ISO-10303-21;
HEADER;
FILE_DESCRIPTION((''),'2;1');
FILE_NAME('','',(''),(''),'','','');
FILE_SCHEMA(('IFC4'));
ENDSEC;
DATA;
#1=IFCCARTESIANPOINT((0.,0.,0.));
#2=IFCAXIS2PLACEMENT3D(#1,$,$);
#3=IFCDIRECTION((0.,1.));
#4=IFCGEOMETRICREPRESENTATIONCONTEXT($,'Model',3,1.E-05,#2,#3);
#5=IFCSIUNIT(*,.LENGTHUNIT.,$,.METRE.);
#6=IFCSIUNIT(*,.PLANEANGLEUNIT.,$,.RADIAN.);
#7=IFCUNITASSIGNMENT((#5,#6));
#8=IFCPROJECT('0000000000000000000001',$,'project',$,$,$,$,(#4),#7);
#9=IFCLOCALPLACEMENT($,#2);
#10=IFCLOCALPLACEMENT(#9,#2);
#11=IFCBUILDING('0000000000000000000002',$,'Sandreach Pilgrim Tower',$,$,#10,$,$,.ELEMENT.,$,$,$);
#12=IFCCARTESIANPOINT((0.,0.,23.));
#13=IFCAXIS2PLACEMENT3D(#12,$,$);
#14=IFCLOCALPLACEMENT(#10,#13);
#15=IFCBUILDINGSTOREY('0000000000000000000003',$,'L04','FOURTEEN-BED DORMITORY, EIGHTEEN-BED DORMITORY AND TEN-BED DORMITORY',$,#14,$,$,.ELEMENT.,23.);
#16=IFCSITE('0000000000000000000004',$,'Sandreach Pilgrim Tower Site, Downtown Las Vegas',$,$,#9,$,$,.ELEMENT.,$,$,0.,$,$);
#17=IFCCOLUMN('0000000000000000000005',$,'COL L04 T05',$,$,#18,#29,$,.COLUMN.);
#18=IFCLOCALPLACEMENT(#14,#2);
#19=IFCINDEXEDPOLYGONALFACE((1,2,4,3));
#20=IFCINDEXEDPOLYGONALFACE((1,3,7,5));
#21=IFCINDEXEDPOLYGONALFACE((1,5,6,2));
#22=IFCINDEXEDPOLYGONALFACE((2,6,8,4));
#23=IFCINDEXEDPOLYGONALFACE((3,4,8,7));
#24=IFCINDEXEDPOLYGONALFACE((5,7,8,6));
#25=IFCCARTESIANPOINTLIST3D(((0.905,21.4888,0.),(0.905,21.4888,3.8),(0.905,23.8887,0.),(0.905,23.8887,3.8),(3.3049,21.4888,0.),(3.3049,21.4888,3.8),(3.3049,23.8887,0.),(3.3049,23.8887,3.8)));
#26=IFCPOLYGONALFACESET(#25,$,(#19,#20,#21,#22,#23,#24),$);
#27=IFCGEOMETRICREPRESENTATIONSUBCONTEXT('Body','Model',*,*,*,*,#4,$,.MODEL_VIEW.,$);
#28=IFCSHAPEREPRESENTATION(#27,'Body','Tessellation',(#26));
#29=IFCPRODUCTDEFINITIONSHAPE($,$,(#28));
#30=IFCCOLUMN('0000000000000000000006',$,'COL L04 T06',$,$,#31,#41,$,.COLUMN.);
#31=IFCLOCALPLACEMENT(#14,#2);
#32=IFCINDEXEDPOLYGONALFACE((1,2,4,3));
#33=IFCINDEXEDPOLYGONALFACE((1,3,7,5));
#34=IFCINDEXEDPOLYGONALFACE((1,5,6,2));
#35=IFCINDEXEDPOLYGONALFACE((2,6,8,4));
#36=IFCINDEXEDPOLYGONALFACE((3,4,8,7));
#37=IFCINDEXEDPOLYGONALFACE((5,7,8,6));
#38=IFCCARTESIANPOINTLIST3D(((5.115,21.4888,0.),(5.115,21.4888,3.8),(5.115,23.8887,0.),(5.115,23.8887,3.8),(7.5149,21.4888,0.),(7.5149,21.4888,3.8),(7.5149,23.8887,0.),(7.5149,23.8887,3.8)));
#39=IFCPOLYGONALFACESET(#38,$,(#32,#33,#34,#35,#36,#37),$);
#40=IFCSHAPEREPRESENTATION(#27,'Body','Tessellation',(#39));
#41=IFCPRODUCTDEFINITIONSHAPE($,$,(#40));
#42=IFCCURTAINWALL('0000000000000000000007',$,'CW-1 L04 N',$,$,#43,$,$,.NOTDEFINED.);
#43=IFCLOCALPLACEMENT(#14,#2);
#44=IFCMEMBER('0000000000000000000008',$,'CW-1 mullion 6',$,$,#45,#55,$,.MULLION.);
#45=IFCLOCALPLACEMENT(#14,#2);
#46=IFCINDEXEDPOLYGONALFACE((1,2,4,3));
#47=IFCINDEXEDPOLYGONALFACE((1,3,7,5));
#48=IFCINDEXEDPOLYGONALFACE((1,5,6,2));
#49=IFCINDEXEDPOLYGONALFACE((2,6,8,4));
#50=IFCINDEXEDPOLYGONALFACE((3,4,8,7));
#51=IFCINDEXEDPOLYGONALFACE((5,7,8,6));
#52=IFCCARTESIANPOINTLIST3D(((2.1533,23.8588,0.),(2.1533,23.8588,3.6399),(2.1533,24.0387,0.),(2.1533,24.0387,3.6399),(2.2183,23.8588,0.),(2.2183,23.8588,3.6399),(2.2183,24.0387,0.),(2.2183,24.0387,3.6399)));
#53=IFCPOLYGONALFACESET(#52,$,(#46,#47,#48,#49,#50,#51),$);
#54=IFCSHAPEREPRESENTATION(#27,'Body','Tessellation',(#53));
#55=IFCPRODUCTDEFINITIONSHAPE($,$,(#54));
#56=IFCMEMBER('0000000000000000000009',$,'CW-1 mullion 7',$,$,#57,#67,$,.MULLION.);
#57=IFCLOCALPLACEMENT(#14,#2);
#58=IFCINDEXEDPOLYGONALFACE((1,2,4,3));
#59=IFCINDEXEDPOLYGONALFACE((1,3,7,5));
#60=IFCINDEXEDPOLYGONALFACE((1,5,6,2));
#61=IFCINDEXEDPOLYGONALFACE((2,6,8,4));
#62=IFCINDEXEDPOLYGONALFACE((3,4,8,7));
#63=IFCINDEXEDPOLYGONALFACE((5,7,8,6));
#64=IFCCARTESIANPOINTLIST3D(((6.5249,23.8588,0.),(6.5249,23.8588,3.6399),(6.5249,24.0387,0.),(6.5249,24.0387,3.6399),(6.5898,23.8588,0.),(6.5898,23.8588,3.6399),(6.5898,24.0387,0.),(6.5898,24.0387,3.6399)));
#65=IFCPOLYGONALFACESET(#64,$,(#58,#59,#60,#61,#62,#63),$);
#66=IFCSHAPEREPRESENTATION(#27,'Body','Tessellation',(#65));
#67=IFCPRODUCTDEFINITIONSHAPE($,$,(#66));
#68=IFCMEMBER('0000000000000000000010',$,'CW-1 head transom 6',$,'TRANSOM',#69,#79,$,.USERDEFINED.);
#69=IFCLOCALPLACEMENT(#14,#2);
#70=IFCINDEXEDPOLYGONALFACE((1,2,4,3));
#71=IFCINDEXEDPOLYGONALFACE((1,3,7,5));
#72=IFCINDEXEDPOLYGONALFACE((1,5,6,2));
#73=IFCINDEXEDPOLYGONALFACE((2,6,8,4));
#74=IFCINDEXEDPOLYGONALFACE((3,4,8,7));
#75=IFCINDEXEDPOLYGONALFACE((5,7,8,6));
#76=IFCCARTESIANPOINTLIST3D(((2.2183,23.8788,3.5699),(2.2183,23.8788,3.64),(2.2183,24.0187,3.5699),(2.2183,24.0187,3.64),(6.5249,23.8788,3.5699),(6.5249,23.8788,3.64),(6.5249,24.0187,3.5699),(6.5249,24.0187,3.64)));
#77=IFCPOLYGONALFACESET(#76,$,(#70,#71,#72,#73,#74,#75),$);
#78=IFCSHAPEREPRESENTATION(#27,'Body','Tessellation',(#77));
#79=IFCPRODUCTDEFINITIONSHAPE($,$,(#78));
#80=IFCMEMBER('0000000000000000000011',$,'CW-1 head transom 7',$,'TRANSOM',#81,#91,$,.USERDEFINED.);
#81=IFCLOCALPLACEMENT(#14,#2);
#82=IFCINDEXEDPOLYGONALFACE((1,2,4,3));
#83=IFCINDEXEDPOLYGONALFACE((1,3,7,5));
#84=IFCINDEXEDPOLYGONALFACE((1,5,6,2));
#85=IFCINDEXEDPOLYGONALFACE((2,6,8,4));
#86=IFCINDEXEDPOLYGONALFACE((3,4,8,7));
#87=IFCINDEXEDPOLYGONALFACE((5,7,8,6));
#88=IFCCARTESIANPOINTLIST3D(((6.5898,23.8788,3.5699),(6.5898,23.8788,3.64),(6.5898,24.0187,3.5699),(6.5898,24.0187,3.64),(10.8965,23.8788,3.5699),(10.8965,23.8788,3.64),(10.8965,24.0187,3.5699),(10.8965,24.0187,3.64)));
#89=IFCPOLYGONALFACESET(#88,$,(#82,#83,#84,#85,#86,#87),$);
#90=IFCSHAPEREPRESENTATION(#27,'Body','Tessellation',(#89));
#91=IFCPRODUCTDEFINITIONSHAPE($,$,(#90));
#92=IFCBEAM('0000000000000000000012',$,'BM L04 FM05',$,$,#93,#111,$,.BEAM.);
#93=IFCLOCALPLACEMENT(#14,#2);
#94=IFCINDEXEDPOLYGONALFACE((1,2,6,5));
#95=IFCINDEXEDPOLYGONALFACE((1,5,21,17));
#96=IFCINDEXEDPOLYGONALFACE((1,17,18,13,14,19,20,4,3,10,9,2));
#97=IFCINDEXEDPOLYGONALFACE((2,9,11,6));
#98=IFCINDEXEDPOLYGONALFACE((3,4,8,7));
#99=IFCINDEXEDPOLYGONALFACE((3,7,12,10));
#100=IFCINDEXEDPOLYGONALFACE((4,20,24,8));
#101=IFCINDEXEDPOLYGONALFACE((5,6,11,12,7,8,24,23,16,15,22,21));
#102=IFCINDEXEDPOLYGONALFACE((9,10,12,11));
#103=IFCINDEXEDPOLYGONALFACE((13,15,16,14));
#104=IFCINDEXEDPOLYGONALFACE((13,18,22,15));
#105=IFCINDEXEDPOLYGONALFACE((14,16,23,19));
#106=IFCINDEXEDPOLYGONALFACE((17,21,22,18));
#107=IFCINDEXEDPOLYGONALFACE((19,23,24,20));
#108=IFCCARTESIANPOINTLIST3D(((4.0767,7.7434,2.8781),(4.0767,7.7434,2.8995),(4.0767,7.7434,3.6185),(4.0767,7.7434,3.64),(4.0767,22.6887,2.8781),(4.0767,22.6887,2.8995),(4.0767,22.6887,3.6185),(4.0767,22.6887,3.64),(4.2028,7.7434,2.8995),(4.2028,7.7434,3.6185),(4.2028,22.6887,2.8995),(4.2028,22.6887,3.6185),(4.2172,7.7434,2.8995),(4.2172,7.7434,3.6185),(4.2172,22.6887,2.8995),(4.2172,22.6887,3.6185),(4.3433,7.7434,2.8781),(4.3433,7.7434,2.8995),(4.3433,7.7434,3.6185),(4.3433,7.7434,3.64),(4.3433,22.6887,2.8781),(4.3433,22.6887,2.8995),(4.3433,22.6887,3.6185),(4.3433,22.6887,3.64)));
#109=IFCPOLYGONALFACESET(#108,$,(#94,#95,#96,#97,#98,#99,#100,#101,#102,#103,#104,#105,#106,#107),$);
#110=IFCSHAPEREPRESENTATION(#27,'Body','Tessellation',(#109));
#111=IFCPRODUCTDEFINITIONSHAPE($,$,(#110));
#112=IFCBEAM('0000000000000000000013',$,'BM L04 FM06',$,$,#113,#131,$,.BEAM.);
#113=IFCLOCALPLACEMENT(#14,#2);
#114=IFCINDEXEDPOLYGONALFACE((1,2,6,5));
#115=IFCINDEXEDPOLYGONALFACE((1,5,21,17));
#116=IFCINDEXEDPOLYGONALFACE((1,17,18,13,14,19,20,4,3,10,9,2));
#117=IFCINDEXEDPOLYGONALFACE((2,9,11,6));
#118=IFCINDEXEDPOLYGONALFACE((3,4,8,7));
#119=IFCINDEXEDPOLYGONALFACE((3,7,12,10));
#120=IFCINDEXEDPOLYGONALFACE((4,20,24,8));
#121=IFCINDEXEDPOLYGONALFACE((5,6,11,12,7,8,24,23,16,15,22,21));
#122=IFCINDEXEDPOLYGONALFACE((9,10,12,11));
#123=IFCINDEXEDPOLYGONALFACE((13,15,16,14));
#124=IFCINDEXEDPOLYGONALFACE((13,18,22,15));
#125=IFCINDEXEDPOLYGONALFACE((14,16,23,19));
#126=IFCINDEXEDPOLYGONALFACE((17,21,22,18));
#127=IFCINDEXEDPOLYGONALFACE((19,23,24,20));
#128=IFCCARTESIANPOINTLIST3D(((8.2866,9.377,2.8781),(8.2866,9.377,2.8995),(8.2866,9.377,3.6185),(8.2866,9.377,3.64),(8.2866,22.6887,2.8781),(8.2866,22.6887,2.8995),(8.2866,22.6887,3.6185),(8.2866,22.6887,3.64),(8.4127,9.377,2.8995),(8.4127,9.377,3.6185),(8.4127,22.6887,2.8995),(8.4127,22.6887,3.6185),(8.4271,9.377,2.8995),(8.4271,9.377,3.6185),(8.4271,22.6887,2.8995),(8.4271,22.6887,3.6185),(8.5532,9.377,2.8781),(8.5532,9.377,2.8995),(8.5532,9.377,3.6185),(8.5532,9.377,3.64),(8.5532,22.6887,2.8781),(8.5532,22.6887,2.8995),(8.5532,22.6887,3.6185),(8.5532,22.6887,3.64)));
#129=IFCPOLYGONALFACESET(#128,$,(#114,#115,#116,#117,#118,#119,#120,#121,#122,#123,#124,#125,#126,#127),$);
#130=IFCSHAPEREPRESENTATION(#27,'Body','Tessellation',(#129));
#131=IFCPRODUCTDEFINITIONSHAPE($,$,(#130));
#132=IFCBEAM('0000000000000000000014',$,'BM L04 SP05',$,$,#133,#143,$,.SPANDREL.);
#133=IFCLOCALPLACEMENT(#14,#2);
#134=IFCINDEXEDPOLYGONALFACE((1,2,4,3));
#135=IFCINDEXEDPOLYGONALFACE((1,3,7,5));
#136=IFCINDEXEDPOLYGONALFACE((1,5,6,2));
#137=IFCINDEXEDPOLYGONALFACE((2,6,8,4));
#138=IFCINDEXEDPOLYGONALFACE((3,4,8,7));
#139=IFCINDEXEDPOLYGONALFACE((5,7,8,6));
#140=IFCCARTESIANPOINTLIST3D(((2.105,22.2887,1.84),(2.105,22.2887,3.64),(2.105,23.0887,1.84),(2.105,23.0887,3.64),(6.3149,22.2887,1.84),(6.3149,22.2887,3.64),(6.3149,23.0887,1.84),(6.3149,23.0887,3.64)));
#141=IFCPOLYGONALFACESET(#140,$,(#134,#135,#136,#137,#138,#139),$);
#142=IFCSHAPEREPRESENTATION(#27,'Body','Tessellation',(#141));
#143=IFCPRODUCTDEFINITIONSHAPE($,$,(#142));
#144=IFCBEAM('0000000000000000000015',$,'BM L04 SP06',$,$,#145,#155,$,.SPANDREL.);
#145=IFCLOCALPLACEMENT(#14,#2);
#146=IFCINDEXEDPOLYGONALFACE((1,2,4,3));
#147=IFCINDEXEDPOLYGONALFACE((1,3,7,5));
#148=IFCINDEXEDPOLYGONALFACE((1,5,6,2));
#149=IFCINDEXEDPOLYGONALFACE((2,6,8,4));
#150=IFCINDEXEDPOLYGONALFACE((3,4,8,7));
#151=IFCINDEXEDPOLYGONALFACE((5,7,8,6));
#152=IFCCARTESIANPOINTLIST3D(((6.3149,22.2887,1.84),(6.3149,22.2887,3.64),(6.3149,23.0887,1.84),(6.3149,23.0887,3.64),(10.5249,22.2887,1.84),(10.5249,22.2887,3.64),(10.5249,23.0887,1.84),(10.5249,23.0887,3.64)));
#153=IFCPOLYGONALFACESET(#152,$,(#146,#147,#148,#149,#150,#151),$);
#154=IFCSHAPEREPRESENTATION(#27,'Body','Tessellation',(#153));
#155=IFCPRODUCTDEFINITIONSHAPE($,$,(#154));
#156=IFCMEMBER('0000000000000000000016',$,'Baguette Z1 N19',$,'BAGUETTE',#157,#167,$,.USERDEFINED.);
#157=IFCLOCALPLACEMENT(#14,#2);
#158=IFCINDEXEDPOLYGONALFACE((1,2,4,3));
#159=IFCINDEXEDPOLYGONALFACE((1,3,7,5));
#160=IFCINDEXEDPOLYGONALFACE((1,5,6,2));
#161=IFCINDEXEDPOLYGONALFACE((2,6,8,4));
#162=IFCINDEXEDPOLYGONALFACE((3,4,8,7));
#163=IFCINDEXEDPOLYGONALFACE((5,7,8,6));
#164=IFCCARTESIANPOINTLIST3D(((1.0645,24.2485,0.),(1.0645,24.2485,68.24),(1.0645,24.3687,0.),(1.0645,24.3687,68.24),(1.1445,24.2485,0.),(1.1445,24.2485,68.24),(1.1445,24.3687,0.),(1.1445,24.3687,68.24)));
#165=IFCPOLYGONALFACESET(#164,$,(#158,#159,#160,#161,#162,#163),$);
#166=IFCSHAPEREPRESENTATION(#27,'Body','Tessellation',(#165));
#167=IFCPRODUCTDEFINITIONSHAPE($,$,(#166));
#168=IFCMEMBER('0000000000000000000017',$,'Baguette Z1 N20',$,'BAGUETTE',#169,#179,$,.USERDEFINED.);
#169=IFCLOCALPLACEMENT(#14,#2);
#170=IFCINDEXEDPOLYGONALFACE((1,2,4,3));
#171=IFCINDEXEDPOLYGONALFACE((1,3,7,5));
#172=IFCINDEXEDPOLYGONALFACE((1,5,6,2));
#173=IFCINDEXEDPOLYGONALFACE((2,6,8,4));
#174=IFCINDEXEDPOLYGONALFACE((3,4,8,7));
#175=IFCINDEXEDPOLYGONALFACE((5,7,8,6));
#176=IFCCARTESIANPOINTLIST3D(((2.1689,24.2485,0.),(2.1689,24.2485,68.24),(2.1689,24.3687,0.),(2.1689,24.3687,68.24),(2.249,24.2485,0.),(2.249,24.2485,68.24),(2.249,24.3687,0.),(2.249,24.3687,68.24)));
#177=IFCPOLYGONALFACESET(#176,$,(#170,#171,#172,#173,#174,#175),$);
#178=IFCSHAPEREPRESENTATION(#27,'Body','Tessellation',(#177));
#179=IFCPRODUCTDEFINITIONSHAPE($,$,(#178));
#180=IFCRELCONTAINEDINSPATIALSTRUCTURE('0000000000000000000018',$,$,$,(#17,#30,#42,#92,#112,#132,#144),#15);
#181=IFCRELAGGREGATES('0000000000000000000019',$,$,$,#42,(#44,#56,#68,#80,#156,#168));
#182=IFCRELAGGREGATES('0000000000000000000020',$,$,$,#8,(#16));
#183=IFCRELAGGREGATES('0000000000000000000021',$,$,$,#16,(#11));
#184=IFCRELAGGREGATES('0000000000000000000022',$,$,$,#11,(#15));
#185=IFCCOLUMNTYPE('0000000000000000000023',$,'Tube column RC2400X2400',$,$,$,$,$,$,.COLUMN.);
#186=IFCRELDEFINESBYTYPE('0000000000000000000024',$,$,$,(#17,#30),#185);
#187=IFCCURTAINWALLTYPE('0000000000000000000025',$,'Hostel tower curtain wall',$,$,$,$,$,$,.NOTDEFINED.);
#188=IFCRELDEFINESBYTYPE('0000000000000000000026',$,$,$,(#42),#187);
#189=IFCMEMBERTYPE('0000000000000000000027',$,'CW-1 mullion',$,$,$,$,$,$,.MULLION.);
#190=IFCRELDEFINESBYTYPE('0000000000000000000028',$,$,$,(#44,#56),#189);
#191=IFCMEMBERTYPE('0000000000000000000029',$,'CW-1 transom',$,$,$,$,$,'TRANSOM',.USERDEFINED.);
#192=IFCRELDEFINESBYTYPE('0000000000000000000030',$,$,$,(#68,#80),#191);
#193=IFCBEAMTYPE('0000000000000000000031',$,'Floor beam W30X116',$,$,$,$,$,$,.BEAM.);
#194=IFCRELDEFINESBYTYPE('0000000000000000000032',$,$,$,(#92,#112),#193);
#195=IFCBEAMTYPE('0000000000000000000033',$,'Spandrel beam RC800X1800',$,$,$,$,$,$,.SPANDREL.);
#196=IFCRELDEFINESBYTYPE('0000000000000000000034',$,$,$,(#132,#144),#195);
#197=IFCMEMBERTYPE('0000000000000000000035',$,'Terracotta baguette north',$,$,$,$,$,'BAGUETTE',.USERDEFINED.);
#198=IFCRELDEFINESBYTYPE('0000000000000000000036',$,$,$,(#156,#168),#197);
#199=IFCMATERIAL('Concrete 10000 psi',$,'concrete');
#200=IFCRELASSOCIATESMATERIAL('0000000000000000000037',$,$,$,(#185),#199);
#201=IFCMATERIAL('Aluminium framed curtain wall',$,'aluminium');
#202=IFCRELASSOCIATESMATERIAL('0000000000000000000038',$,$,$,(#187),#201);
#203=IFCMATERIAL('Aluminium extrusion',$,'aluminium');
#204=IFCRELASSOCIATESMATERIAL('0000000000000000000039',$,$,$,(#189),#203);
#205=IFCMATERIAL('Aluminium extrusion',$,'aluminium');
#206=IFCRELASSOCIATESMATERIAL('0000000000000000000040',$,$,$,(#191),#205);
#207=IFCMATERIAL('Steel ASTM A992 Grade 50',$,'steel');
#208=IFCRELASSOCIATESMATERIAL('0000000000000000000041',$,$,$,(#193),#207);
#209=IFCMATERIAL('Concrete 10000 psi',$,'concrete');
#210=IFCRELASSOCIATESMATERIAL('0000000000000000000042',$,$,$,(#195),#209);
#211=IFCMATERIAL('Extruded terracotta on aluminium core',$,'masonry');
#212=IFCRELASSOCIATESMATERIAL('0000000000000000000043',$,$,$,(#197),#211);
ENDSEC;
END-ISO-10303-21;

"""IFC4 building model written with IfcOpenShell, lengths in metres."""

from ifc_helpers import new_model, si_unit, direction, frame, origin, origin_2d, place, context, subcontext, project, spatial, rectangle, i_section, extrude, material, material_profile, profile_set, type_object, element, aggregate, save


model = new_model("IFC4")

# Units and contexts
model_context = context("Model", 3, precision=1e-05, world=origin(), true_north=direction((0.0, 1.0)))
body_context = subcontext(model_context, "Body", "Model", "MODEL_VIEW")
ifc_project = project(units=[si_unit("LENGTHUNIT", "METRE"), si_unit("PLANEANGLEUNIT", "RADIAN")], contexts=[model_context])

# Site, building, storey
site_placement = place(None, origin())
site = spatial("IfcSite", under=ifc_project, at=site_placement, Name="Sandreach Pilgrim Tower Site, Downtown Las Vegas", CompositionType="ELEMENT", RefElevation=0.0)
building_placement = place(site_placement, origin())
building = spatial("IfcBuilding", under=site, at=building_placement, Name="Sandreach Pilgrim Tower", CompositionType="ELEMENT")
storey_placement = place(building_placement, frame((0.0, 0.0, 23.0)))
storey = spatial("IfcBuildingStorey", under=building, at=storey_placement, Name="L04", Description="FOURTEEN-BED DORMITORY, EIGHTEEN-BED DORMITORY AND TEN-BED DORMITORY", CompositionType="ELEMENT", Elevation=23.0)

# Columns
ifc_material_1 = material(Name="Concrete 10000 psi", Category="concrete")
ifc_material_profile_1 = material_profile(ifc_material_1, rectangle(XDim=2.3999, YDim=2.3999, at=origin_2d()), Name="RC2400X2400")
ifc_profile_set_1 = profile_set([ifc_material_profile_1], Name="Concrete 10000 psi")
column_type = type_object("IfcColumnType", Name="Tube column RC2400X2400", PredefinedType="COLUMN", material=ifc_profile_set_1)
for number, where, z_axis, x_axis, name in (
    (1, (2.105, 22.6887, 0.0), (0.0, 0.0, 1.0), (0.0, 1.0, 0.0), "COL L04 T05"),
    (2, (6.3149, 22.6887, 0.0), (0.0, 0.0, 1.0), (0.0, 1.0, 0.0), "COL L04 T06"),
):
    element("IfcColumn", number, at=place(storey_placement, frame(where, z_axis=z_axis, x_axis=x_axis)), inside=storey, type_object=column_type, Name=name, PredefinedType="COLUMN", context=body_context, shape_type="SweptSolid", body=[
        extrude(rectangle(XDim=2.3999, YDim=2.3999, at=origin_2d()), origin(), (0.0, 0.0, 1.0), 3.8),
    ])

# Curtain wall, members
ifc_material_2 = material(Name="Aluminium framed curtain wall", Category="aluminium")
curtain_wall_type = type_object("IfcCurtainWallType", Name="Hostel tower curtain wall", PredefinedType="NOTDEFINED", material=ifc_material_2)
curtain_wall_placement = place(storey_placement, origin())
curtain_wall = element("IfcCurtainWall", 3, at=curtain_wall_placement, inside=storey, type_object=curtain_wall_type, Name="CW-1 L04 N", PredefinedType="NOTDEFINED")
ifc_material_3 = material(Name="Aluminium extrusion", Category="aluminium")
ifc_material_profile_2 = material_profile(ifc_material_3, rectangle(XDim=0.0649, YDim=0.1799, at=origin_2d()), Name="CW-1M 65X180")
ifc_profile_set_2 = profile_set([ifc_material_profile_2], Name="Aluminium extrusion")
member_type_1 = type_object("IfcMemberType", Name="CW-1 mullion", PredefinedType="MULLION", material=ifc_profile_set_2)
member_1_placement = place(storey_placement, frame((2.1858, 23.9487, 0.0), z_axis=(0.0, 0.0, 1.0), x_axis=(1.0, 0.0, 0.0)))
member_1 = element("IfcMember", 4, at=member_1_placement, type_object=member_type_1, Name="CW-1 mullion 6", PredefinedType="MULLION", context=body_context, shape_type="SweptSolid", body=[
    extrude(rectangle(XDim=0.0649, YDim=0.1799, at=origin_2d()), origin(), (0.0, 0.0, 1.0), 3.6399),
])
member_2_placement = place(storey_placement, frame((6.5574, 23.9487, 0.0), z_axis=(0.0, 0.0, 1.0), x_axis=(1.0, 0.0, 0.0)))
member_2 = element("IfcMember", 5, at=member_2_placement, type_object=member_type_1, Name="CW-1 mullion 7", PredefinedType="MULLION", context=body_context, shape_type="SweptSolid", body=[
    extrude(rectangle(XDim=0.0649, YDim=0.1799, at=origin_2d()), origin(), (0.0, 0.0, 1.0), 3.6399),
])
ifc_material_4 = material(Name="Aluminium extrusion", Category="aluminium")
ifc_material_profile_3 = material_profile(ifc_material_4, rectangle(XDim=0.1399, YDim=0.0701, at=origin_2d()), Name="CW-1T 140X70")
ifc_profile_set_3 = profile_set([ifc_material_profile_3], Name="Aluminium extrusion")
member_type_2 = type_object("IfcMemberType", Name="CW-1 transom", ElementType="TRANSOM", PredefinedType="USERDEFINED", material=ifc_profile_set_3)
member_3_placement = place(storey_placement, frame((2.2183, 23.9487, 3.605), z_axis=(1.0, 0.0, 0.0), x_axis=(0.0, 1.0, 0.0)))
member_3 = element("IfcMember", 6, at=member_3_placement, type_object=member_type_2, Name="CW-1 head transom 6", ObjectType="TRANSOM", PredefinedType="USERDEFINED", context=body_context, shape_type="SweptSolid", body=[
    extrude(rectangle(XDim=0.1399, YDim=0.0701, at=origin_2d()), origin(), (0.0, 0.0, 1.0), 4.3066),
])
member_4_placement = place(storey_placement, frame((6.5898, 23.9487, 3.605), z_axis=(1.0, 0.0, 0.0), x_axis=(0.0, 1.0, 0.0)))
member_4 = element("IfcMember", 7, at=member_4_placement, type_object=member_type_2, Name="CW-1 head transom 7", ObjectType="TRANSOM", PredefinedType="USERDEFINED", context=body_context, shape_type="SweptSolid", body=[
    extrude(rectangle(XDim=0.1399, YDim=0.0701, at=origin_2d()), origin(), (0.0, 0.0, 1.0), 4.3066),
])

# Beams
ifc_material_5 = material(Name="Steel ASTM A992 Grade 50", Category="steel")
ifc_material_profile_4 = material_profile(ifc_material_5, i_section(OverallWidth=0.2666, OverallDepth=0.762, WebThickness=0.0144, FlangeThickness=0.0215, at=origin_2d()), Name="W30X116")
ifc_profile_set_4 = profile_set([ifc_material_profile_4], Name="Steel ASTM A992 Grade 50")
beam_type_1 = type_object("IfcBeamType", Name="Floor beam W30X116", PredefinedType="BEAM", material=ifc_profile_set_4)
beam_1_placement = place(storey_placement, frame((4.21, 22.6887, 3.259), z_axis=(0.0, -1.0, 0.0), x_axis=(1.0, 0.0, 0.0)))
element("IfcBeam", 8, at=beam_1_placement, inside=storey, type_object=beam_type_1, Name="BM L04 FM05", PredefinedType="BEAM", context=body_context, shape_type="SweptSolid", body=[
    extrude(i_section(OverallWidth=0.2666, OverallDepth=0.762, WebThickness=0.0144, FlangeThickness=0.0215, at=origin_2d()), origin(), (0.0, 0.0, 1.0), 14.9453),
])
beam_2_placement = place(storey_placement, frame((8.4199, 22.6887, 3.259), z_axis=(0.0, -1.0, 0.0), x_axis=(1.0, 0.0, 0.0)))
element("IfcBeam", 9, at=beam_2_placement, inside=storey, type_object=beam_type_1, Name="BM L04 FM06", PredefinedType="BEAM", context=body_context, shape_type="SweptSolid", body=[
    extrude(i_section(OverallWidth=0.2666, OverallDepth=0.762, WebThickness=0.0144, FlangeThickness=0.0215, at=origin_2d()), origin(), (0.0, 0.0, 1.0), 13.3118),
])
ifc_material_6 = material(Name="Concrete 10000 psi", Category="concrete")
ifc_material_profile_5 = material_profile(ifc_material_6, rectangle(XDim=0.8, YDim=1.8, at=origin_2d()), Name="RC800X1800")
ifc_profile_set_5 = profile_set([ifc_material_profile_5], Name="Concrete 10000 psi")
beam_type_2 = type_object("IfcBeamType", Name="Spandrel beam RC800X1800", PredefinedType="SPANDREL", material=ifc_profile_set_5)
for number, where, z_axis, x_axis, name in (
    (10, (2.105, 22.6887, 2.74), (1.0, 0.0, 0.0), (0.0, 1.0, 0.0), "BM L04 SP05"),
    (11, (6.3149, 22.6887, 2.74), (1.0, 0.0, 0.0), (0.0, 1.0, 0.0), "BM L04 SP06"),
):
    element("IfcBeam", number, at=place(storey_placement, frame(where, z_axis=z_axis, x_axis=x_axis)), inside=storey, type_object=beam_type_2, Name=name, PredefinedType="SPANDREL", context=body_context, shape_type="SweptSolid", body=[
        extrude(rectangle(XDim=0.8, YDim=1.8, at=origin_2d()), origin(), (0.0, 0.0, 1.0), 4.21),
    ])

# Members
ifc_material_7 = material(Name="Extruded terracotta on aluminium core", Category="masonry")
ifc_material_profile_6 = material_profile(ifc_material_7, rectangle(XDim=0.0801, YDim=0.1201, at=origin_2d()), Name="TBN 80X120")
ifc_profile_set_6 = profile_set([ifc_material_profile_6], Name="Extruded terracotta on aluminium core")
member_type_3 = type_object("IfcMemberType", Name="Terracotta baguette north", ElementType="BAGUETTE", PredefinedType="USERDEFINED", material=ifc_profile_set_6)
member_5_placement = place(storey_placement, frame((1.1045, 24.3086, 0.0), z_axis=(0.0, 0.0, 1.0), x_axis=(1.0, 0.0, 0.0)))
member_5 = element("IfcMember", 12, at=member_5_placement, type_object=member_type_3, Name="Baguette Z1 N19", ObjectType="BAGUETTE", PredefinedType="USERDEFINED", context=body_context, shape_type="SweptSolid", body=[
    extrude(rectangle(XDim=0.0801, YDim=0.1201, at=origin_2d()), origin(), (0.0, 0.0, 1.0), 68.24),
])
member_6_placement = place(storey_placement, frame((2.209, 24.3086, 0.0), z_axis=(0.0, 0.0, 1.0), x_axis=(1.0, 0.0, 0.0)))
member_6 = element("IfcMember", 13, at=member_6_placement, type_object=member_type_3, Name="Baguette Z1 N20", ObjectType="BAGUETTE", PredefinedType="USERDEFINED", context=body_context, shape_type="SweptSolid", body=[
    extrude(rectangle(XDim=0.0801, YDim=0.1201, at=origin_2d()), origin(), (0.0, 0.0, 1.0), 68.24),
])

aggregate(curtain_wall, [member_1, member_2, member_3, member_4, member_5, member_6])

save(model, "model.ifc")
